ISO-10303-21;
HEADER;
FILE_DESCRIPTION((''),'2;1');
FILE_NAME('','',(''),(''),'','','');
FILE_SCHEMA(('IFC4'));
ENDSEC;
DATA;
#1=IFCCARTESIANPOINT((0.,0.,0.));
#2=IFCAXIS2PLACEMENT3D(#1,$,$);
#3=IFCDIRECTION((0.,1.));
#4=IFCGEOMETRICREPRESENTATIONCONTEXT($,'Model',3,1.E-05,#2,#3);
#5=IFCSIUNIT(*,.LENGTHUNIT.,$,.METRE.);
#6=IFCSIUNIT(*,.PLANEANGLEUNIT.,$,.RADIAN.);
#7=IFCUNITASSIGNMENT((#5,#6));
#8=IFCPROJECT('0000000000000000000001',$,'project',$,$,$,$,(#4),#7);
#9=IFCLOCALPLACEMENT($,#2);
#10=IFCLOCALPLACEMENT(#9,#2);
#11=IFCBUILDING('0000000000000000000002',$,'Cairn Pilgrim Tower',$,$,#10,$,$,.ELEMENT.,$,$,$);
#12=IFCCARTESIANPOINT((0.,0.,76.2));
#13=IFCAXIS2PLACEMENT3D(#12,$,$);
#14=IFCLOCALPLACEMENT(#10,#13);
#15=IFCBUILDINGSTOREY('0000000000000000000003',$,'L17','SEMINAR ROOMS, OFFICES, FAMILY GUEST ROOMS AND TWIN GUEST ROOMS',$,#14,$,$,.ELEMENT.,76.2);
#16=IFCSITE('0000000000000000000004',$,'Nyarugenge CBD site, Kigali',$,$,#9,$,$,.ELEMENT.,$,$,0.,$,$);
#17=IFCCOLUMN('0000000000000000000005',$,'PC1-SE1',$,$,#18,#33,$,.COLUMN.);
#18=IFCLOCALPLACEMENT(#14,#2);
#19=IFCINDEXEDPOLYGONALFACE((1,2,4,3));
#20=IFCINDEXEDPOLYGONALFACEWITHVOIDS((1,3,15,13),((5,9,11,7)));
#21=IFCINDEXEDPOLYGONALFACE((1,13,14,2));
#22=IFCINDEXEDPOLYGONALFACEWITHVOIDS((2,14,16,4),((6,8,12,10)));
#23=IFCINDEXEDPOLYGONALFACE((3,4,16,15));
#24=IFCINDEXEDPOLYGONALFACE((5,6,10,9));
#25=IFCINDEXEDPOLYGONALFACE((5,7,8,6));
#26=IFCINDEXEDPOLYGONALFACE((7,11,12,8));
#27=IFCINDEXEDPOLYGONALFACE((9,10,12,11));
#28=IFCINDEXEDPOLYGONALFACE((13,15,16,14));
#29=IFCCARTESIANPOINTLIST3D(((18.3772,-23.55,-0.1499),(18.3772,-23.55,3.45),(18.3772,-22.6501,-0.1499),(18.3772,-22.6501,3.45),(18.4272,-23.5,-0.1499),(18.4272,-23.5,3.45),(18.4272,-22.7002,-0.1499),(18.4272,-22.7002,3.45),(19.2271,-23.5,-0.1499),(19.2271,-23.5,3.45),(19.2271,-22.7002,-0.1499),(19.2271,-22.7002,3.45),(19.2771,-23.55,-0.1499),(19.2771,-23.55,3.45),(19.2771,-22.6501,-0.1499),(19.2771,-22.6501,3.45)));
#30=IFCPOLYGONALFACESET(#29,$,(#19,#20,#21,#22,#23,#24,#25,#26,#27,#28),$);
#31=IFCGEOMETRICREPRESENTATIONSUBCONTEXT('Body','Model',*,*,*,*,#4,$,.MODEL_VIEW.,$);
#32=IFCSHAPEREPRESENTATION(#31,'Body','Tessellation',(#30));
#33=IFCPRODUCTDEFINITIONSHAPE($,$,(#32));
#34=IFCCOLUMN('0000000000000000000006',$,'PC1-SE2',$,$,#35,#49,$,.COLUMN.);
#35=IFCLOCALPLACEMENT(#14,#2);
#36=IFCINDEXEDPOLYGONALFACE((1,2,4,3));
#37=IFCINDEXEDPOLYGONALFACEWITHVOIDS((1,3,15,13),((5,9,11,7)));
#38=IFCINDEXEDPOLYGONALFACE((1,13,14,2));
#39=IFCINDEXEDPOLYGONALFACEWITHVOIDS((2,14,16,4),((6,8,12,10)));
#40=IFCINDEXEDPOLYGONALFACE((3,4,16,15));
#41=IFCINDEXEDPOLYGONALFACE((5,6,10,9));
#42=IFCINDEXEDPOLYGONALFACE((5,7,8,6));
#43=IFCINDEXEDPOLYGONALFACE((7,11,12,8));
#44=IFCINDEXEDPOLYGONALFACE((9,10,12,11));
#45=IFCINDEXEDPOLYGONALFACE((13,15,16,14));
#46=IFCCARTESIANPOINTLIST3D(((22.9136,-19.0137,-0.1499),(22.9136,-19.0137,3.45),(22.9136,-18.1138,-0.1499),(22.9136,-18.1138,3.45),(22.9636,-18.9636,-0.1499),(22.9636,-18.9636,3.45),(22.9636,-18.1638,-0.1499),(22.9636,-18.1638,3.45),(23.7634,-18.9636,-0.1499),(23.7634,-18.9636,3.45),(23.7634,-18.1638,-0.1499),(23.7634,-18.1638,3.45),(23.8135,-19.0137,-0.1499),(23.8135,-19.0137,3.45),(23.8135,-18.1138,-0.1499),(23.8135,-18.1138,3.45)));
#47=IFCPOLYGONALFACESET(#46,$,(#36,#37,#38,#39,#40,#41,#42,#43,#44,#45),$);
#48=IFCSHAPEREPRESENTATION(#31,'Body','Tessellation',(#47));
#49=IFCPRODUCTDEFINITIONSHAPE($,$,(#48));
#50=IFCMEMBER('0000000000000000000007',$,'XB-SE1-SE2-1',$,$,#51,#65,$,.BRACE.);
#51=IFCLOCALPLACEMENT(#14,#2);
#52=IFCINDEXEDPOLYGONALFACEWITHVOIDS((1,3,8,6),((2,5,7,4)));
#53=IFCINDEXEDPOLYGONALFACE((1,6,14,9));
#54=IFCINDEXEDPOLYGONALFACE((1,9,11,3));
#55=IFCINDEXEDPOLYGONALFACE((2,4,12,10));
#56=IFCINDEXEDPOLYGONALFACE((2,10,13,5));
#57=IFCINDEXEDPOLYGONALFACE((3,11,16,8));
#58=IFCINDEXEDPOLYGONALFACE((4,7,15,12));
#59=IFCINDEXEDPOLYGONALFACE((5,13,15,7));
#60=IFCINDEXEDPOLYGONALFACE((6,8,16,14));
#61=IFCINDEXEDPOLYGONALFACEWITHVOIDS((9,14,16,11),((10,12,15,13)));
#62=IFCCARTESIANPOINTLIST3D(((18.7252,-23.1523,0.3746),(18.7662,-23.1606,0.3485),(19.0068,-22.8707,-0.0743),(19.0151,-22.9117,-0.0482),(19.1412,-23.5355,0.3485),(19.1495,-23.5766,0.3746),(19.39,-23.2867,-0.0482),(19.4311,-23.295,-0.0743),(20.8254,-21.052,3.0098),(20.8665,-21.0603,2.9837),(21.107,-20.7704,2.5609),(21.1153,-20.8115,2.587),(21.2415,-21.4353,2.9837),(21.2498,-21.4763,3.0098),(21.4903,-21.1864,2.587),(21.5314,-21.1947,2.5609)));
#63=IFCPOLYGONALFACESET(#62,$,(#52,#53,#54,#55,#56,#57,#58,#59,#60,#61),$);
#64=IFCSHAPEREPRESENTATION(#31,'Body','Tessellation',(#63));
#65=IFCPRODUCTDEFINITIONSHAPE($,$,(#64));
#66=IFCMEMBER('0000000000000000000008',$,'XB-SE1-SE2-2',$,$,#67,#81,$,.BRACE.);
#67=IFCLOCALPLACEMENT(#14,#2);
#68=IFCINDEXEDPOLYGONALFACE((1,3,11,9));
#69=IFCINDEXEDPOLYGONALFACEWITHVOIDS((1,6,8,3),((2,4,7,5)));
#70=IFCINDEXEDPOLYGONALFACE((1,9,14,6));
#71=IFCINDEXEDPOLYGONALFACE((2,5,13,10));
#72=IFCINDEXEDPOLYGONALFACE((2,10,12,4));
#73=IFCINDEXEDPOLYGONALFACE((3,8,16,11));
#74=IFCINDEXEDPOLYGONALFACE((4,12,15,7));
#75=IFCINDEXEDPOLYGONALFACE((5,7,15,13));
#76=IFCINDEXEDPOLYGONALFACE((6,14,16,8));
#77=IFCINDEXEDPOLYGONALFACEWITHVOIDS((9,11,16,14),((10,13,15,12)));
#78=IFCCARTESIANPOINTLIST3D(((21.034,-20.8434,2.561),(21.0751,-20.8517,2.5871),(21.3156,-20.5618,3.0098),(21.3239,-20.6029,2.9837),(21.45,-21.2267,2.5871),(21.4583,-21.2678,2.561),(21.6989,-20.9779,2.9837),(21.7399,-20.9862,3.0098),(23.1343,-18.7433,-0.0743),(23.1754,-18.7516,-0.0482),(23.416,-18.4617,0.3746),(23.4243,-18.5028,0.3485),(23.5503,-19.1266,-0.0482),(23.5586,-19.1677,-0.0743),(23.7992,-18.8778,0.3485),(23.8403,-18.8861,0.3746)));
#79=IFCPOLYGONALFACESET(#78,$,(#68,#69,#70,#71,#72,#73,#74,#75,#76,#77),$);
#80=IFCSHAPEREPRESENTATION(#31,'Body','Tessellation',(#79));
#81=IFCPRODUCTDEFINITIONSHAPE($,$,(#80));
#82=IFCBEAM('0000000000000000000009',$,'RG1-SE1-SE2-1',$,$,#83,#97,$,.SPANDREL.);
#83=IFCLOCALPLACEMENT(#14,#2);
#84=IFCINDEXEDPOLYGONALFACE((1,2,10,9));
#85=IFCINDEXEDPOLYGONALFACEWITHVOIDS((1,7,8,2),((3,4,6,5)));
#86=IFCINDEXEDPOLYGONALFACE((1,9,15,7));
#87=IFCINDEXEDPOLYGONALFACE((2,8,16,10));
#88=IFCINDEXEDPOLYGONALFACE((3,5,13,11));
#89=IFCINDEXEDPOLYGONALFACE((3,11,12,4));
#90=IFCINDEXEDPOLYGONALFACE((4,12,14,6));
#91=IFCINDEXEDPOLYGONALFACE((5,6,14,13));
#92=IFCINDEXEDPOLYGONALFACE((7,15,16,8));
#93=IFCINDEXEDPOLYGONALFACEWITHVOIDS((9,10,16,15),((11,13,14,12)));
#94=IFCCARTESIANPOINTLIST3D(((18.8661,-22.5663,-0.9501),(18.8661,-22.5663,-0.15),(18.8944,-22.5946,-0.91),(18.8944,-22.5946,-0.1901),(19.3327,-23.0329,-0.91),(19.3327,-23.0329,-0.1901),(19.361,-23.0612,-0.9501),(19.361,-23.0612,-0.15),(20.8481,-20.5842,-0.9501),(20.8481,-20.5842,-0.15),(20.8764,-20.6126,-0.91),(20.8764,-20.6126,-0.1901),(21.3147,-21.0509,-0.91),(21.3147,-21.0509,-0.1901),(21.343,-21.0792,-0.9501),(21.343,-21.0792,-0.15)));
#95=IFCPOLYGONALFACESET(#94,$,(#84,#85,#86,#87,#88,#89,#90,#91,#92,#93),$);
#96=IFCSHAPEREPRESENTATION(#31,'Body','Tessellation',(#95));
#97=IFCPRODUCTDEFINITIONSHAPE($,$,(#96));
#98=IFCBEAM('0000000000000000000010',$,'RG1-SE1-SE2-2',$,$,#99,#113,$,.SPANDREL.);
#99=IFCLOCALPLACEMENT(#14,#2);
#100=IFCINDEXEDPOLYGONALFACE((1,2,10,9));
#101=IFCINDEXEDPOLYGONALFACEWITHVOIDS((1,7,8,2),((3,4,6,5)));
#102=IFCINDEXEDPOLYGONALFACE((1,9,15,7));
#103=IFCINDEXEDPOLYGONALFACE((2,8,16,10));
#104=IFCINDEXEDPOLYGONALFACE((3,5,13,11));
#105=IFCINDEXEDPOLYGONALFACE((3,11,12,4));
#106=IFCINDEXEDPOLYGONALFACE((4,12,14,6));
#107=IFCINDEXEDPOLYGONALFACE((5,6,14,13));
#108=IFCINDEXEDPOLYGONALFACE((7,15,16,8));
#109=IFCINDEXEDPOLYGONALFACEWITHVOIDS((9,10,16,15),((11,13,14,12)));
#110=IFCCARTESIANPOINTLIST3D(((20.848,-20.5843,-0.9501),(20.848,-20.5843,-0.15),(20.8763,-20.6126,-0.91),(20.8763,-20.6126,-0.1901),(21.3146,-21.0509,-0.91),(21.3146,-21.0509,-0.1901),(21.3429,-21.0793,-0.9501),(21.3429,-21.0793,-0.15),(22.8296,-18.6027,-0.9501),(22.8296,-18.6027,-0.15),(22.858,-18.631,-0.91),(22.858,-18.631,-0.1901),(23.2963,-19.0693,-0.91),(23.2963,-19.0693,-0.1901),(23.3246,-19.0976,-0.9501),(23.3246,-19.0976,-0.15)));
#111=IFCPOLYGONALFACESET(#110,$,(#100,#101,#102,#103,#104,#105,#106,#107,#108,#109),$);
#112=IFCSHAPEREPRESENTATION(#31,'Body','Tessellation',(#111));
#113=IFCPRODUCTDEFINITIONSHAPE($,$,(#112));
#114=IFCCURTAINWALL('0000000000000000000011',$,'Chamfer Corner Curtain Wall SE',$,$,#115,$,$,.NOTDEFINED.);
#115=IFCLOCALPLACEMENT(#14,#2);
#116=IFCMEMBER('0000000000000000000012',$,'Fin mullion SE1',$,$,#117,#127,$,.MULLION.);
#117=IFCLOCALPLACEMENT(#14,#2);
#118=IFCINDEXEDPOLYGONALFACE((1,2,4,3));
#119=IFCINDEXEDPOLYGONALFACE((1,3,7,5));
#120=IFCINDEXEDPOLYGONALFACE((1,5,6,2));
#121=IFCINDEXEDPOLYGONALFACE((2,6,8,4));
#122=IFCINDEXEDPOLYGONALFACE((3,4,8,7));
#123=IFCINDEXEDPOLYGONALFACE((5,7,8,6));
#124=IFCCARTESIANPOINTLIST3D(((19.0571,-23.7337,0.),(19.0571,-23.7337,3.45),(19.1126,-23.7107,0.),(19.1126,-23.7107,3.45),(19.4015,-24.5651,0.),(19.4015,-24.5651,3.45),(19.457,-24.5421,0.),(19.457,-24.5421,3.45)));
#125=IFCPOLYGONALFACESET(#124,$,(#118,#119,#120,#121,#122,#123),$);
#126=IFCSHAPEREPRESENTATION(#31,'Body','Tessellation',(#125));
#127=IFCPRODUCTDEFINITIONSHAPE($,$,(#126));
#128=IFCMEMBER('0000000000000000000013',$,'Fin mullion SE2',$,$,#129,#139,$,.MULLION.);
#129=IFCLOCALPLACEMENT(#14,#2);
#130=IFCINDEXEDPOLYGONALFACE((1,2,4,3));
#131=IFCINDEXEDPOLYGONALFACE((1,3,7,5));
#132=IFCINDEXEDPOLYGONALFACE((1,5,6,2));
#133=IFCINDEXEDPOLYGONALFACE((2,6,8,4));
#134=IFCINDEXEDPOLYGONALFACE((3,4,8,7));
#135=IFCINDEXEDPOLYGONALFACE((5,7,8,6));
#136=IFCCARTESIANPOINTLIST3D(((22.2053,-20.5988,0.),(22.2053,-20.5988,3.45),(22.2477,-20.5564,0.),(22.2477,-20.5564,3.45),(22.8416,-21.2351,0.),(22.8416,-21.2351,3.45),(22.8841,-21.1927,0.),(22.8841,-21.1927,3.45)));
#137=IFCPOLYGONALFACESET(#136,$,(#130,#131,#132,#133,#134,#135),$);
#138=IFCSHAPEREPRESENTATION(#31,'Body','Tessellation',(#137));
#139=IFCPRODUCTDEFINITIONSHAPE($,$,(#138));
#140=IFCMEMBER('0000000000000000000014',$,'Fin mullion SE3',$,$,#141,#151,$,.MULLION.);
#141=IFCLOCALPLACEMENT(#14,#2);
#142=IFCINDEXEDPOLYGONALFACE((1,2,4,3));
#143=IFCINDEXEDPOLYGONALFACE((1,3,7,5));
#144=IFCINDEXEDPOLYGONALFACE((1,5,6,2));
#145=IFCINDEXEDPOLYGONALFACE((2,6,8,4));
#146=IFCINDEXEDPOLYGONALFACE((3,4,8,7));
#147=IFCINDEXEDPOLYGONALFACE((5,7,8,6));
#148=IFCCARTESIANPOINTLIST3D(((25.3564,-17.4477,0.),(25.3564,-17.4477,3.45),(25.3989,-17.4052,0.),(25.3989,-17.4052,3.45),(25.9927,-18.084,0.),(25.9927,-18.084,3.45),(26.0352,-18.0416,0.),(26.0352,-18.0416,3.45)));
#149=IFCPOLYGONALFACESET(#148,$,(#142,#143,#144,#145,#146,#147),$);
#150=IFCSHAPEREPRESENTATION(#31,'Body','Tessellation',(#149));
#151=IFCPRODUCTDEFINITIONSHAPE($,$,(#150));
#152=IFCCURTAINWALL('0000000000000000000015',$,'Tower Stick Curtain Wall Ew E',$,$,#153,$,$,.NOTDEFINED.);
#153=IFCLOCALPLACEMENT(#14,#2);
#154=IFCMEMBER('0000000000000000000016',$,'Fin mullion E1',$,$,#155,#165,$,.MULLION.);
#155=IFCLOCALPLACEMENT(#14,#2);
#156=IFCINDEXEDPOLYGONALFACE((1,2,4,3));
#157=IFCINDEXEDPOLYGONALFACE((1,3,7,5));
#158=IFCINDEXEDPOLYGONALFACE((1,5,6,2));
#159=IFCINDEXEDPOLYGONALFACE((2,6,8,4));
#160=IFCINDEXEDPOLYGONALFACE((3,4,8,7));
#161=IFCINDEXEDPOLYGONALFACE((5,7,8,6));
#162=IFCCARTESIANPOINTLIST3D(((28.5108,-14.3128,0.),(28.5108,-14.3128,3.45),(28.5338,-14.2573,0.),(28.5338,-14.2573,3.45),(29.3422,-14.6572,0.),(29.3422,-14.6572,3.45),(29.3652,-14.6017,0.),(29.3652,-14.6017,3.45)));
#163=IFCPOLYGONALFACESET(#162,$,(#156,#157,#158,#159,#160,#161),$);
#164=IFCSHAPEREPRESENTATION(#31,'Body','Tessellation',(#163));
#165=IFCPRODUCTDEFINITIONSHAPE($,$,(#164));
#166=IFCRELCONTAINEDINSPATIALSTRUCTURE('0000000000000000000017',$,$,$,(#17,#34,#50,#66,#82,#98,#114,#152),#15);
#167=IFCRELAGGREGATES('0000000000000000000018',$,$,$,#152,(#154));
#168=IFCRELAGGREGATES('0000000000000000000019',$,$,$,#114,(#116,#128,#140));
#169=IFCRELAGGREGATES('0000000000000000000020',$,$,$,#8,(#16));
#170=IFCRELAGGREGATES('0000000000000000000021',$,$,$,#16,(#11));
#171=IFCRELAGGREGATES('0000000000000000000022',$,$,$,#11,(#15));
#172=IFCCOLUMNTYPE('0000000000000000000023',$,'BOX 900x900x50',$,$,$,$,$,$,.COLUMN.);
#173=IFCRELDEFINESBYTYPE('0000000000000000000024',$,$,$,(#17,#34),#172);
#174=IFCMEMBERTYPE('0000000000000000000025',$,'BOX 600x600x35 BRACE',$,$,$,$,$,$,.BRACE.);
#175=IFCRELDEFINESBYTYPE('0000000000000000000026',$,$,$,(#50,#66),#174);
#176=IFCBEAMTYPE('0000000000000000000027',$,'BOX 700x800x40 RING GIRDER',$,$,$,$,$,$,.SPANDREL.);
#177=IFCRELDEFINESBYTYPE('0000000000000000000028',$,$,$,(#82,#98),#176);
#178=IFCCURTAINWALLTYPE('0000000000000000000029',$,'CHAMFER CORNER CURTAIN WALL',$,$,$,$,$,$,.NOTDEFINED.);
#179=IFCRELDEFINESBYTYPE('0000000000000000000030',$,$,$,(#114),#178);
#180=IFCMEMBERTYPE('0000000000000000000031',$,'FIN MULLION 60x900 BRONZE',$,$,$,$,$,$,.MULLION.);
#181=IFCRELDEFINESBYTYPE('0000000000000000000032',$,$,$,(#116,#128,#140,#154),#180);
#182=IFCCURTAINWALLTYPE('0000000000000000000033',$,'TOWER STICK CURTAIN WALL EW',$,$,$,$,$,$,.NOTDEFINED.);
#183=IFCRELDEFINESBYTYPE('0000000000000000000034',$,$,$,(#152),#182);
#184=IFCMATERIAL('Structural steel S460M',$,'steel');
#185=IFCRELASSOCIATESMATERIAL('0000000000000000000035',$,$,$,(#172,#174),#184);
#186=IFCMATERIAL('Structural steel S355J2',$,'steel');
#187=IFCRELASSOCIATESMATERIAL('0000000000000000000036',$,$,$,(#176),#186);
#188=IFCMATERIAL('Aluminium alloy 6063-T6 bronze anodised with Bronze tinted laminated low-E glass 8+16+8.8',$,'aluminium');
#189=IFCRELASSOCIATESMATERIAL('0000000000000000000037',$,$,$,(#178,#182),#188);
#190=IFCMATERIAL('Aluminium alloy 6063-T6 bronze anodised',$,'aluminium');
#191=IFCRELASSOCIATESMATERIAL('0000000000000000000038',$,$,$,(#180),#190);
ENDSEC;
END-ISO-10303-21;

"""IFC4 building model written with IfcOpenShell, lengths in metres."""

from ifc_helpers import new_model, si_unit, direction, frame, origin, origin_2d, place, context, subcontext, project, spatial, rectangle, hollow_rectangle, extrude, material, material_profile, profile_set, type_object, element, aggregate, save


model = new_model("IFC4")

# Units and contexts
model_context = context("Model", 3, precision=1e-05, world=origin(), true_north=direction((0.0, 1.0)))
body_context = subcontext(model_context, "Body", "Model", "MODEL_VIEW")
ifc_project = project(units=[si_unit("LENGTHUNIT", "METRE"), si_unit("PLANEANGLEUNIT", "RADIAN")], contexts=[model_context])

# Site, building, storey
site_placement = place(None, origin())
site = spatial("IfcSite", under=ifc_project, at=site_placement, Name="Nyarugenge CBD site, Kigali", CompositionType="ELEMENT", RefElevation=0.0)
building_placement = place(site_placement, origin())
building = spatial("IfcBuilding", under=site, at=building_placement, Name="Cairn Pilgrim Tower", CompositionType="ELEMENT")
storey_placement = place(building_placement, frame((0.0, 0.0, 76.2)))
storey = spatial("IfcBuildingStorey", under=building, at=storey_placement, Name="L17", Description="SEMINAR ROOMS, OFFICES, FAMILY GUEST ROOMS AND TWIN GUEST ROOMS", CompositionType="ELEMENT", Elevation=76.2)

# Columns
ifc_material_1 = material(Name="Structural steel S460M", Category="steel")
ifc_material_profile_1 = material_profile(ifc_material_1, hollow_rectangle(XDim=0.8999, YDim=0.8999, WallThickness=0.05, at=origin_2d()), Name="BOX 900x900x50")
ifc_profile_set_1 = profile_set([ifc_material_profile_1], Name="Structural steel S460M")
column_type = type_object("IfcColumnType", Name="BOX 900x900x50", PredefinedType="COLUMN", material=ifc_profile_set_1)
for number, where, z_axis, x_axis, name in (
    (1, (18.8271, -23.1001, -0.1499), (0.0, 0.0, 1.0), (1.0, 0.0, 0.0), "PC1-SE1"),
    (2, (23.3635, -18.5637, -0.1499), (0.0, 0.0, 1.0), (1.0, 0.0, 0.0), "PC1-SE2"),
):
    element("IfcColumn", number, at=place(storey_placement, frame(where, z_axis=z_axis, x_axis=x_axis)), inside=storey, type_object=column_type, Name=name, PredefinedType="COLUMN", context=body_context, shape_type="SweptSolid", body=[
        extrude(hollow_rectangle(XDim=0.8999, YDim=0.8999, WallThickness=0.05, at=origin_2d()), origin(), (0.0, 0.0, 1.0), 3.5999),
    ])

# Members
ifc_material_profile_2 = material_profile(ifc_material_1, hollow_rectangle(XDim=0.6001, YDim=0.6001, WallThickness=0.0349, at=origin_2d()), Name="BOX 600x600x35")
ifc_profile_set_2 = profile_set([ifc_material_profile_2], Name="Structural steel S460M")
member_type_1 = type_object("IfcMemberType", Name="BOX 600x600x35 BRACE", PredefinedType="BRACE", material=ifc_profile_set_2)
for number, where, z_axis, x_axis, name in (
    (3, (19.0781, -23.2236, 0.1501), (0.528944, 0.528944, 0.663654), (-0.707107, 0.707107, 0.0), "XB-SE1-SE2-1"),
    (4, (23.4873, -18.8147, 0.1501), (-0.528961, -0.528899, 0.663676), (0.707066, -0.707148, 0.0), "XB-SE1-SE2-2"),
):
    element("IfcMember", number, at=place(storey_placement, frame(where, z_axis=z_axis, x_axis=x_axis)), inside=storey, type_object=member_type_1, Name=name, PredefinedType="BRACE", context=body_context, shape_type="SweptSolid", body=[
        extrude(hollow_rectangle(XDim=0.6001, YDim=0.6001, WallThickness=0.0349, at=origin_2d()), origin(), (0.0, 0.0, 1.0), 3.9707),
    ])

# Beams
ifc_material_2 = material(Name="Structural steel S355J2", Category="steel")
ifc_material_profile_3 = material_profile(ifc_material_2, hollow_rectangle(XDim=0.7, YDim=0.8, WallThickness=0.04, at=origin_2d()), Name="BOX 700x800x40")
ifc_profile_set_3 = profile_set([ifc_material_profile_3], Name="Structural steel S355J2")
beam_type_1 = type_object("IfcBeamType", Name="BOX 700x800x40 RING GIRDER", PredefinedType="SPANDREL", material=ifc_profile_set_3)
beam_1_placement = place(storey_placement, frame((19.1135, -22.8137, -0.55), z_axis=(0.707107, 0.707107, 0.0), x_axis=(-0.707107, 0.707107, 0.0)))
element("IfcBeam", 5, at=beam_1_placement, inside=storey, type_object=beam_type_1, Name="RG1-SE1-SE2-1", PredefinedType="SPANDREL", context=body_context, shape_type="SweptSolid", body=[
    extrude(hollow_rectangle(XDim=0.7, YDim=0.8, WallThickness=0.04, at=origin_2d()), origin(), (0.0, 0.0, 1.0), 2.803),
])
beam_2_placement = place(storey_placement, frame((21.0955, -20.8318, -0.55), z_axis=(0.707107, 0.707107, 0.0), x_axis=(-0.707107, 0.707107, 0.0)))
element("IfcBeam", 6, at=beam_2_placement, inside=storey, type_object=beam_type_1, Name="RG1-SE1-SE2-2", PredefinedType="SPANDREL", context=body_context, shape_type="SweptSolid", body=[
    extrude(hollow_rectangle(XDim=0.7, YDim=0.8, WallThickness=0.04, at=origin_2d()), origin(), (0.0, 0.0, 1.0), 2.8025),
])

# Curtain wall, members
ifc_material_3 = material(Name="Aluminium alloy 6063-T6 bronze anodised with Bronze tinted laminated low-E glass 8+16+8.8", Category="aluminium")
curtain_wall_type_1 = type_object("IfcCurtainWallType", Name="CHAMFER CORNER CURTAIN WALL", PredefinedType="NOTDEFINED", material=ifc_material_3)
curtain_wall_1_placement = place(storey_placement, origin())
curtain_wall_1 = element("IfcCurtainWall", 7, at=curtain_wall_1_placement, inside=storey, type_object=curtain_wall_type_1, Name="Chamfer Corner Curtain Wall SE", PredefinedType="NOTDEFINED")
ifc_material_4 = material(Name="Aluminium alloy 6063-T6 bronze anodised", Category="aluminium")
ifc_material_profile_4 = material_profile(ifc_material_4, rectangle(XDim=0.8999, YDim=0.0601, at=origin_2d()), Name="FIN MULLION 60x900 BRONZE")
ifc_profile_set_4 = profile_set([ifc_material_profile_4], Name="Aluminium alloy 6063-T6 bronze anodised")
member_type_2 = type_object("IfcMemberType", Name="FIN MULLION 60x900 BRONZE", PredefinedType="MULLION", material=ifc_profile_set_4)
member_1_placement = place(storey_placement, frame((19.2571, -24.1379, 0.0), z_axis=(0.0, 0.0, 1.0), x_axis=(0.382683, -0.92388, 0.0)))
member_1 = element("IfcMember", 8, at=member_1_placement, type_object=member_type_2, Name="Fin mullion SE1", PredefinedType="MULLION", context=body_context, shape_type="SweptSolid", body=[
    extrude(rectangle(XDim=0.8999, YDim=0.0601, at=origin_2d()), origin(), (0.0, 0.0, 1.0), 3.45),
])
member_2_placement = place(storey_placement, frame((22.5447, -20.8958, 0.0), z_axis=(0.0, 0.0, 1.0), x_axis=(0.707107, -0.707107, 0.0)))
member_2 = element("IfcMember", 9, at=member_2_placement, type_object=member_type_2, Name="Fin mullion SE2", PredefinedType="MULLION", context=body_context, shape_type="SweptSolid", body=[
    extrude(rectangle(XDim=0.8999, YDim=0.0601, at=origin_2d()), origin(), (0.0, 0.0, 1.0), 3.45),
])
member_3_placement = place(storey_placement, frame((25.6958, -17.7446, 0.0), z_axis=(0.0, 0.0, 1.0), x_axis=(0.707107, -0.707107, 0.0)))
member_3 = element("IfcMember", 10, at=member_3_placement, type_object=member_type_2, Name="Fin mullion SE3", PredefinedType="MULLION", context=body_context, shape_type="SweptSolid", body=[
    extrude(rectangle(XDim=0.8999, YDim=0.0601, at=origin_2d()), origin(), (0.0, 0.0, 1.0), 3.45),
])

# Curtain wall, member
curtain_wall_type_2 = type_object("IfcCurtainWallType", Name="TOWER STICK CURTAIN WALL EW", PredefinedType="NOTDEFINED", material=ifc_material_3)
curtain_wall_2_placement = place(storey_placement, origin())
curtain_wall_2 = element("IfcCurtainWall", 11, at=curtain_wall_2_placement, inside=storey, type_object=curtain_wall_type_2, Name="Tower Stick Curtain Wall Ew E", PredefinedType="NOTDEFINED")
member_4_placement = place(storey_placement, frame((28.938, -14.4573, 0.0), z_axis=(0.0, 0.0, 1.0), x_axis=(0.92388, -0.382683, 0.0)))
member_4 = element("IfcMember", 12, at=member_4_placement, type_object=member_type_2, Name="Fin mullion E1", PredefinedType="MULLION", context=body_context, shape_type="SweptSolid", body=[
    extrude(rectangle(XDim=0.8999, YDim=0.0601, at=origin_2d()), origin(), (0.0, 0.0, 1.0), 3.45),
])
aggregate(curtain_wall_2, [member_4])

aggregate(curtain_wall_1, [member_1, member_2, member_3])

save(model, "model.ifc")
